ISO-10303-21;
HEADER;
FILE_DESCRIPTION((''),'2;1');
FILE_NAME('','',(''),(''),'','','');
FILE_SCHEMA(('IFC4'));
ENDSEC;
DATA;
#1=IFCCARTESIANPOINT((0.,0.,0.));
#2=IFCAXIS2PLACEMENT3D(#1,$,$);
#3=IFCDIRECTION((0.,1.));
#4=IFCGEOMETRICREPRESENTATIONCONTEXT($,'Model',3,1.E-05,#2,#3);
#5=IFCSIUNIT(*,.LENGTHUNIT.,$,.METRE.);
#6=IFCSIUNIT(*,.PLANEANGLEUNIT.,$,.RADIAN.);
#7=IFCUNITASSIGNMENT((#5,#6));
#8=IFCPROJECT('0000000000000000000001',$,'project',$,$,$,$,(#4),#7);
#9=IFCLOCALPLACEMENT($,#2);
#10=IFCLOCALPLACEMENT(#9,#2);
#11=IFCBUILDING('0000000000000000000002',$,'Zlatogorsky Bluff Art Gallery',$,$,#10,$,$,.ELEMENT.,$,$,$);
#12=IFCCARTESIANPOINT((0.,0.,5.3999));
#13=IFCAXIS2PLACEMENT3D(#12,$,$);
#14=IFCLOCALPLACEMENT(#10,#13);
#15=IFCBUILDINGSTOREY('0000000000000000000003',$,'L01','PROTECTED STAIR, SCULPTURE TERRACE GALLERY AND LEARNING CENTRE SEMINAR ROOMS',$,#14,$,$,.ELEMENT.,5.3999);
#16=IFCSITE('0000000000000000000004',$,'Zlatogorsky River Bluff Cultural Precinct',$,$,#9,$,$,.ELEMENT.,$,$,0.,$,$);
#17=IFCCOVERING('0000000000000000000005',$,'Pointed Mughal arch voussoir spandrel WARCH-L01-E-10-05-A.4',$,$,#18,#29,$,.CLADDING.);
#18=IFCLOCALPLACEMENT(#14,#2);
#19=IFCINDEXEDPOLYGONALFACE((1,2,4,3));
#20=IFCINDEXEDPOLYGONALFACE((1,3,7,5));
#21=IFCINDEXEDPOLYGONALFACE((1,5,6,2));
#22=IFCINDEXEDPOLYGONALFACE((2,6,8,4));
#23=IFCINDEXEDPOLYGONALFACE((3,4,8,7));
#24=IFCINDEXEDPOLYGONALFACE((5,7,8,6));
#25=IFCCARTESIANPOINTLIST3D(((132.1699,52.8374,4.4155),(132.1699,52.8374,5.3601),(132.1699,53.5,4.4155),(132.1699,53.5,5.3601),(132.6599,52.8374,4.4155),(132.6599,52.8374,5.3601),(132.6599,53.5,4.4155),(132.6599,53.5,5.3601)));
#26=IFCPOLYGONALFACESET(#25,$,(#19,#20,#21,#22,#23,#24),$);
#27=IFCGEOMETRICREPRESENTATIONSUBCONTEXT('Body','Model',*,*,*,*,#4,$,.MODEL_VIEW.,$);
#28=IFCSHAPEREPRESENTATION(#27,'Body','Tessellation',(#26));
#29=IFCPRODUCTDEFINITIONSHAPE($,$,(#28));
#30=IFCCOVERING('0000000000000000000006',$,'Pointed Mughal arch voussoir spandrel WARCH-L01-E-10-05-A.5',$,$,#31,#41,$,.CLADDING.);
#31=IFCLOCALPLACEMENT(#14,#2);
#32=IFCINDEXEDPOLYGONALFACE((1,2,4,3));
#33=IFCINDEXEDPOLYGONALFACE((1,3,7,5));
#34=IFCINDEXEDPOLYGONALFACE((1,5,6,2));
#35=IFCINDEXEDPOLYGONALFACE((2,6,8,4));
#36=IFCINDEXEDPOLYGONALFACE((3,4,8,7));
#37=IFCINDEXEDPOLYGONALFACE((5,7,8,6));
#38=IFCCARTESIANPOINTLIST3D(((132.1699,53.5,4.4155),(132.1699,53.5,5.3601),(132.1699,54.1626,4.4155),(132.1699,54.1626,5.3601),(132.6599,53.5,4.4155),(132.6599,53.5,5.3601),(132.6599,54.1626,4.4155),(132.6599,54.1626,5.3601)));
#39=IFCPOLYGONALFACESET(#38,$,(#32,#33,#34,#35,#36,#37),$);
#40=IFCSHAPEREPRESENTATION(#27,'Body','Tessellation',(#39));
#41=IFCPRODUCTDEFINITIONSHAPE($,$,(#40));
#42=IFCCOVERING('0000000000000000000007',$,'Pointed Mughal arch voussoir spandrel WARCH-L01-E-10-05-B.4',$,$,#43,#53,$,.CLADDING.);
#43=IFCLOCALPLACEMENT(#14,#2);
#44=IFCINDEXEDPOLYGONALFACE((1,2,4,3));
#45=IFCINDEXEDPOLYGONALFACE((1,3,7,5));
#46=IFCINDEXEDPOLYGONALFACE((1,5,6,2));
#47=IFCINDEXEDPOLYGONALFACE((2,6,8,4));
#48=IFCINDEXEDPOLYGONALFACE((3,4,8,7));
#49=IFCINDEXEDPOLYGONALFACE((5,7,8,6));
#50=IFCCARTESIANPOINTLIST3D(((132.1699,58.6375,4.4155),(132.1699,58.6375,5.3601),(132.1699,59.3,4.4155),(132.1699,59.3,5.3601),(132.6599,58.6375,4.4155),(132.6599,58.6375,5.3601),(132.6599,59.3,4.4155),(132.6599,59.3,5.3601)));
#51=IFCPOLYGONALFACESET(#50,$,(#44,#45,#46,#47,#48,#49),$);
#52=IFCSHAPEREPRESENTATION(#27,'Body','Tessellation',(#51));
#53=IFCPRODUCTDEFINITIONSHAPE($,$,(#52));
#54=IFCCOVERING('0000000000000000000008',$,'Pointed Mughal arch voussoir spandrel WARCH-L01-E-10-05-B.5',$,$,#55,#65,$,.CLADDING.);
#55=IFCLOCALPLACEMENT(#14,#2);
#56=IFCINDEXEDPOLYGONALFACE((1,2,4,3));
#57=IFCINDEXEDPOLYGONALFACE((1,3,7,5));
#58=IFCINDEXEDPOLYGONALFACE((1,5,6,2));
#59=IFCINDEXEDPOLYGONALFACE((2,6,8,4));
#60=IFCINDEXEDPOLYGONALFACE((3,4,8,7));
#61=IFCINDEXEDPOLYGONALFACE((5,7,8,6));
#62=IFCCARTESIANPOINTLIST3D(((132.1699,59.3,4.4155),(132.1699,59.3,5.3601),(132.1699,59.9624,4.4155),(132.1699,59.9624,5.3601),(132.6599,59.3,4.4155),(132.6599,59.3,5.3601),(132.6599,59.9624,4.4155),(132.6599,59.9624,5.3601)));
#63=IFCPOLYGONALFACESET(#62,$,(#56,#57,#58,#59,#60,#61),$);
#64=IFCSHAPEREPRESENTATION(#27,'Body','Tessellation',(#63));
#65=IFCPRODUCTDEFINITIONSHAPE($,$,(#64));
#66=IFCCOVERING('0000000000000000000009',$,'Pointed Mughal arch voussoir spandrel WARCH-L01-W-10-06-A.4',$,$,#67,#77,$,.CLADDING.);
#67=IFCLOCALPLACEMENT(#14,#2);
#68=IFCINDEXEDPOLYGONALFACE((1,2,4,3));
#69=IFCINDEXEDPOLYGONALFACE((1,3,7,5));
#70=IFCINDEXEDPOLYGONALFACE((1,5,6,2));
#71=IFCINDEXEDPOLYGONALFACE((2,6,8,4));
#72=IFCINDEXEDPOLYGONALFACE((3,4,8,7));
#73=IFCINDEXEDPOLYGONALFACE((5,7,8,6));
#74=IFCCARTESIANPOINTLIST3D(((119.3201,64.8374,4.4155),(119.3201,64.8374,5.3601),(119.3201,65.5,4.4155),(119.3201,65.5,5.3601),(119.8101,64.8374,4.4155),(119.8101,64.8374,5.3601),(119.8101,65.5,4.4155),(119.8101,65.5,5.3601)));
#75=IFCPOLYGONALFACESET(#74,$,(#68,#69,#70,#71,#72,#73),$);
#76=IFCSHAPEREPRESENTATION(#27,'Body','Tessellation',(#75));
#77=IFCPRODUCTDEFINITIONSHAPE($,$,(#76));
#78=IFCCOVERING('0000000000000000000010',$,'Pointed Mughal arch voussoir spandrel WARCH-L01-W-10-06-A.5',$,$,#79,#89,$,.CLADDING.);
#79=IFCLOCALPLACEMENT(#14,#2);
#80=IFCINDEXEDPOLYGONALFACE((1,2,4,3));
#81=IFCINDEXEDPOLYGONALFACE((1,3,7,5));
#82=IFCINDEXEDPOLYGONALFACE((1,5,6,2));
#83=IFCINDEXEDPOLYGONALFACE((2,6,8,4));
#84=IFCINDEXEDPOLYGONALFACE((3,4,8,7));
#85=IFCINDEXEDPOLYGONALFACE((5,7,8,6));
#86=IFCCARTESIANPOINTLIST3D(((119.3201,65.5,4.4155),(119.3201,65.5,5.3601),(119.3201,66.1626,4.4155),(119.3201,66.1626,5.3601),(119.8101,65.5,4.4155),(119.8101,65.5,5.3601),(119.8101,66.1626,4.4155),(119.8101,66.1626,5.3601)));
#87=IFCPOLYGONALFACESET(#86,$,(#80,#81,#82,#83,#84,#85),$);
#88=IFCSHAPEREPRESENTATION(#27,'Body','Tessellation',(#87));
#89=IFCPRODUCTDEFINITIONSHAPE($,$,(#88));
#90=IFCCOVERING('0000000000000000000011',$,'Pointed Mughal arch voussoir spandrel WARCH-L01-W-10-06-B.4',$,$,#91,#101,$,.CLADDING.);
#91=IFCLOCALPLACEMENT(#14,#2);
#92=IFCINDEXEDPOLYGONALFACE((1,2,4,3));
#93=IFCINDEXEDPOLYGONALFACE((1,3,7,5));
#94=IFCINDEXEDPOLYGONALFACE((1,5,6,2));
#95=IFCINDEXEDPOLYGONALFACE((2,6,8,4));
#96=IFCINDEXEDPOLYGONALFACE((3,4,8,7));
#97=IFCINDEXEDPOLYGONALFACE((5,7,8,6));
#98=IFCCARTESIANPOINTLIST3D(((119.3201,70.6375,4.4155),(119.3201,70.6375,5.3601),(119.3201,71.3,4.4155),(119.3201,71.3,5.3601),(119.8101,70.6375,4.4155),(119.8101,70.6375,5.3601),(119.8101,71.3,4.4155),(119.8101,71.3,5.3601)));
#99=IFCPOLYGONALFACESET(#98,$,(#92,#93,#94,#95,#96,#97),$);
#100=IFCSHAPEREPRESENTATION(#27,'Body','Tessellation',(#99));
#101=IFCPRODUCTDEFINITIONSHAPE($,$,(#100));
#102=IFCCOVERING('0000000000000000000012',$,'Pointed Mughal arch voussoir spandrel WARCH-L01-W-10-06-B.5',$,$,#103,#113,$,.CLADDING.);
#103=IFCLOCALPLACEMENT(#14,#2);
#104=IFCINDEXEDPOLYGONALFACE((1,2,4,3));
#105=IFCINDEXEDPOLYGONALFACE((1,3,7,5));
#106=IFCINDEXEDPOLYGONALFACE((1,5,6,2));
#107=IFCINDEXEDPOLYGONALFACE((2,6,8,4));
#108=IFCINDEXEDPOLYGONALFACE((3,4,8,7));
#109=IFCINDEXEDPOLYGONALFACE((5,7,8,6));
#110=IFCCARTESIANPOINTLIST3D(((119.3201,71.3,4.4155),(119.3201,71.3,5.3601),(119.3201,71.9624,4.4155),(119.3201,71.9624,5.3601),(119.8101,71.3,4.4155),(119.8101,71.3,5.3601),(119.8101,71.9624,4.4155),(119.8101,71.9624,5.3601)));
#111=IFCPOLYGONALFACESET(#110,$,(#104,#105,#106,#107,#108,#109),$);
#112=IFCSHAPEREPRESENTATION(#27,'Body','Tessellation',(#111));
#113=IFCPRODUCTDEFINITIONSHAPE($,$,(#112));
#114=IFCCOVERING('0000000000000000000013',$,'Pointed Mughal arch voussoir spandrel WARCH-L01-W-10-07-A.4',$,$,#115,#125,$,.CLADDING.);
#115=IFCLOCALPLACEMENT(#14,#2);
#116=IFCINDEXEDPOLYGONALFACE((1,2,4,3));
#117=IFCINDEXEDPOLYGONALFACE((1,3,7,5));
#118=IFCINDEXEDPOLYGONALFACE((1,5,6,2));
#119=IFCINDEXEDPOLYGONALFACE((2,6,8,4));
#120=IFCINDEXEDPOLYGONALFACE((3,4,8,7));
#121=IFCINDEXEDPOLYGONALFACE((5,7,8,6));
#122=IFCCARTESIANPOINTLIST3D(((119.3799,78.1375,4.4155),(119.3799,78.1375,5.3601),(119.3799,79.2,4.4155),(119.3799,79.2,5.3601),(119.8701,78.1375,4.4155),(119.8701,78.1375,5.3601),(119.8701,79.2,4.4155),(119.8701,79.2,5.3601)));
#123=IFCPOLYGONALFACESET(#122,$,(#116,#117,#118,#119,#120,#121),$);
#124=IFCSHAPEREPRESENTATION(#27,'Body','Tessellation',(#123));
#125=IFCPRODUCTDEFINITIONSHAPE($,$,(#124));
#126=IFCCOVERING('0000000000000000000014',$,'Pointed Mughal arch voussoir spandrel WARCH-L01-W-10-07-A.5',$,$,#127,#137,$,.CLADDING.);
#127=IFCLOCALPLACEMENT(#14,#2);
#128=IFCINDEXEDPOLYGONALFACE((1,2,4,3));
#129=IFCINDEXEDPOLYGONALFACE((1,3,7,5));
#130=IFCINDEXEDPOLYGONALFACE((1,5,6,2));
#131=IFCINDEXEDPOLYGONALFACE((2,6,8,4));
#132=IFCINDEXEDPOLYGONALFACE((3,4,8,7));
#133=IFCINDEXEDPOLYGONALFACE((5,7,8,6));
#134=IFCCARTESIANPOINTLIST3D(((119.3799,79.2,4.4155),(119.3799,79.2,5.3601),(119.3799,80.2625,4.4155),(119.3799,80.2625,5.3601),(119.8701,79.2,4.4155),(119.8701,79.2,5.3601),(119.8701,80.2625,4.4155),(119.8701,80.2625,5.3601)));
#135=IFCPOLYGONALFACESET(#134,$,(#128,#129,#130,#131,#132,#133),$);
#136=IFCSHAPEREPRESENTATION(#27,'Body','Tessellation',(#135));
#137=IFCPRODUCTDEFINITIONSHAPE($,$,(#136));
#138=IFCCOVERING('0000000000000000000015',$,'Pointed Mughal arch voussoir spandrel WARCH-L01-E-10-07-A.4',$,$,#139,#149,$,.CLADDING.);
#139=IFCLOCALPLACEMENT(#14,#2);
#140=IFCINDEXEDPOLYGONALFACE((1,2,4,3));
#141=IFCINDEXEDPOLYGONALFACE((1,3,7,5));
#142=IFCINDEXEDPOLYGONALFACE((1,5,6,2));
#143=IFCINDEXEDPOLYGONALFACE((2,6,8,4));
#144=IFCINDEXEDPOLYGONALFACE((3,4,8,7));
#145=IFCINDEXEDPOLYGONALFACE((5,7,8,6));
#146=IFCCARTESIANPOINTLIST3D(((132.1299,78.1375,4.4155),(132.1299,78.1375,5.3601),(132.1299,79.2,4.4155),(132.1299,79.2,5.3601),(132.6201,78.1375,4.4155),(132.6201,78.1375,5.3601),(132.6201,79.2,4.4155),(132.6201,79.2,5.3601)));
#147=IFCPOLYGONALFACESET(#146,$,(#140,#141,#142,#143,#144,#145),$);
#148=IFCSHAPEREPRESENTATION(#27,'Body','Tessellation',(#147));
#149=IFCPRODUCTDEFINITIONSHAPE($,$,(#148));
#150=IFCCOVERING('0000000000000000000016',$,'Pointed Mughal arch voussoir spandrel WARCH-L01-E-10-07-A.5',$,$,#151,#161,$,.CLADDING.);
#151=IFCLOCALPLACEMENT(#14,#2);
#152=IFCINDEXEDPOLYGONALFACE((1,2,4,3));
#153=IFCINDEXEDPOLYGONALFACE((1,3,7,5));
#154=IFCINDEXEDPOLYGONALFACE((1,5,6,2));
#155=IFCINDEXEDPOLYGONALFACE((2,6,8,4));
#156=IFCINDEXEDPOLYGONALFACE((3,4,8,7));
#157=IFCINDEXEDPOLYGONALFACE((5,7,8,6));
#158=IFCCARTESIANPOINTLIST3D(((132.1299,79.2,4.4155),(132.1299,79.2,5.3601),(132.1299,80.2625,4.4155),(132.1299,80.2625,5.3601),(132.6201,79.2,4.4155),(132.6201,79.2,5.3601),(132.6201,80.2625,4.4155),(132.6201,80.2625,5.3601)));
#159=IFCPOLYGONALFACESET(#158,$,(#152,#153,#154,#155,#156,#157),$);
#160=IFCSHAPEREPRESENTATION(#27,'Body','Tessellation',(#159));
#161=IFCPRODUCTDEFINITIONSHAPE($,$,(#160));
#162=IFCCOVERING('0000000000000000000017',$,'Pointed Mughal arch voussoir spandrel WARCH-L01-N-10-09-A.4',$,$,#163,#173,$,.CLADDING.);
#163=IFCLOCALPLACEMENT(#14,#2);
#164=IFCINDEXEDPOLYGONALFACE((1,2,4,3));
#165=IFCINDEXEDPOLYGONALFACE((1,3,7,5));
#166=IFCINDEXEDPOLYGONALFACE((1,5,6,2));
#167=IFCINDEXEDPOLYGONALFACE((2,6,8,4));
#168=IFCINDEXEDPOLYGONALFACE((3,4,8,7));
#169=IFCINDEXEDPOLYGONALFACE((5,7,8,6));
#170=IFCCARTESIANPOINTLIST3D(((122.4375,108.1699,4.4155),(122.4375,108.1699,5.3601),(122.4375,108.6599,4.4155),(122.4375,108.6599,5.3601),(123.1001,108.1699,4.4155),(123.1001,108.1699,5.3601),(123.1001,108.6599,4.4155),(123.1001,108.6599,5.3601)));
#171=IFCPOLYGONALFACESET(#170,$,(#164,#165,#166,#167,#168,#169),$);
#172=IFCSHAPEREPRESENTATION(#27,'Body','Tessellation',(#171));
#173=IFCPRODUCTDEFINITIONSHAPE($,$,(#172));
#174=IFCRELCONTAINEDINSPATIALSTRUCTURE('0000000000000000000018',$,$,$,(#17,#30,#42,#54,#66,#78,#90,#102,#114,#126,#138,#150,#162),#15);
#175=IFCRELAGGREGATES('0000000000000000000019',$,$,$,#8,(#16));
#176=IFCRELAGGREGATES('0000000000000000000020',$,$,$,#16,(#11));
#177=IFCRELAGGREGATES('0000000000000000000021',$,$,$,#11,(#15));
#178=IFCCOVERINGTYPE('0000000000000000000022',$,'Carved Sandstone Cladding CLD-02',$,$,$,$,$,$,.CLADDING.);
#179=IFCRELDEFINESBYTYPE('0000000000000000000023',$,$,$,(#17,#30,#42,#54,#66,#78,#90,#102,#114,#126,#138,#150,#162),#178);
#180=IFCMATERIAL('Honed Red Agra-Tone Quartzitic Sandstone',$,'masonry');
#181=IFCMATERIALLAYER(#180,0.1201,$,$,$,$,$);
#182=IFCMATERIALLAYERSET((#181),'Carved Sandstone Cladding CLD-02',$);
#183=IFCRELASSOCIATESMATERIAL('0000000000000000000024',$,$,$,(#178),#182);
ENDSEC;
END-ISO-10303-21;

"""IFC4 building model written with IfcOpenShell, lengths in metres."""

from ifc_helpers import new_model, si_unit, direction, frame, origin, place, context, subcontext, project, spatial, polyline, outline, extrude, material, layer, layer_set, type_object, element, save


model = new_model("IFC4")

# Units and contexts
model_context = context("Model", 3, precision=1e-05, world=origin(), true_north=direction((0.0, 1.0)))
body_context = subcontext(model_context, "Body", "Model", "MODEL_VIEW")
ifc_project = project(units=[si_unit("LENGTHUNIT", "METRE"), si_unit("PLANEANGLEUNIT", "RADIAN")], contexts=[model_context])

# Site, building, storey
site_placement = place(None, origin())
site = spatial("IfcSite", under=ifc_project, at=site_placement, Name="Zlatogorsky River Bluff Cultural Precinct", CompositionType="ELEMENT", RefElevation=0.0)
building_placement = place(site_placement, origin())
building = spatial("IfcBuilding", under=site, at=building_placement, Name="Zlatogorsky Bluff Art Gallery", CompositionType="ELEMENT")
storey_placement = place(building_placement, frame((0.0, 0.0, 5.3999)))
storey = spatial("IfcBuildingStorey", under=building, at=storey_placement, Name="L01", Description="PROTECTED STAIR, SCULPTURE TERRACE GALLERY AND LEARNING CENTRE SEMINAR ROOMS", CompositionType="ELEMENT", Elevation=5.3999)

# Coverings
ifc_material = material(Name="Honed Red Agra-Tone Quartzitic Sandstone", Category="masonry")
ifc_layer = layer(ifc_material, 0.1201)
ifc_layer_set = layer_set([ifc_layer], Name="Carved Sandstone Cladding CLD-02")
covering_type = type_object("IfcCoveringType", Name="Carved Sandstone Cladding CLD-02", PredefinedType="CLADDING", material=ifc_layer_set)
covering_1_placement = place(storey_placement, frame((0.0, 0.0, 4.4155)))
element("IfcCovering", 1, at=covering_1_placement, inside=storey, type_object=covering_type, Name="Pointed Mughal arch voussoir spandrel WARCH-L01-E-10-05-A.4", PredefinedType="CLADDING", context=body_context, shape_type="SweptSolid", body=[
    extrude(outline(polyline([(132.1699, 52.8374), (132.1699, 53.5), (132.6599, 53.5), (132.6599, 52.8374), (132.1699, 52.8374)])), origin(), (0.0, 0.0, 1.0), 0.9446),
])
covering_2_placement = place(storey_placement, frame((0.0, 0.0, 4.4155)))
element("IfcCovering", 2, at=covering_2_placement, inside=storey, type_object=covering_type, Name="Pointed Mughal arch voussoir spandrel WARCH-L01-E-10-05-A.5", PredefinedType="CLADDING", context=body_context, shape_type="SweptSolid", body=[
    extrude(outline(polyline([(132.1699, 53.5), (132.1699, 54.1626), (132.6599, 54.1626), (132.6599, 53.5), (132.1699, 53.5)])), origin(), (0.0, 0.0, 1.0), 0.9446),
])
covering_3_placement = place(storey_placement, frame((0.0, 0.0, 4.4155)))
element("IfcCovering", 3, at=covering_3_placement, inside=storey, type_object=covering_type, Name="Pointed Mughal arch voussoir spandrel WARCH-L01-E-10-05-B.4", PredefinedType="CLADDING", context=body_context, shape_type="SweptSolid", body=[
    extrude(outline(polyline([(132.1699, 58.6375), (132.1699, 59.3), (132.6599, 59.3), (132.6599, 58.6375), (132.1699, 58.6375)])), origin(), (0.0, 0.0, 1.0), 0.9446),
])
covering_4_placement = place(storey_placement, frame((0.0, 0.0, 4.4155)))
element("IfcCovering", 4, at=covering_4_placement, inside=storey, type_object=covering_type, Name="Pointed Mughal arch voussoir spandrel WARCH-L01-E-10-05-B.5", PredefinedType="CLADDING", context=body_context, shape_type="SweptSolid", body=[
    extrude(outline(polyline([(132.1699, 59.3), (132.1699, 59.9624), (132.6599, 59.9624), (132.6599, 59.3), (132.1699, 59.3)])), origin(), (0.0, 0.0, 1.0), 0.9446),
])
covering_5_placement = place(storey_placement, frame((0.0, 0.0, 4.4155)))
element("IfcCovering", 5, at=covering_5_placement, inside=storey, type_object=covering_type, Name="Pointed Mughal arch voussoir spandrel WARCH-L01-W-10-06-A.4", PredefinedType="CLADDING", context=body_context, shape_type="SweptSolid", body=[
    extrude(outline(polyline([(119.3201, 64.8374), (119.3201, 65.5), (119.8101, 65.5), (119.8101, 64.8374), (119.3201, 64.8374)])), origin(), (0.0, 0.0, 1.0), 0.9446),
])
covering_6_placement = place(storey_placement, frame((0.0, 0.0, 4.4155)))
element("IfcCovering", 6, at=covering_6_placement, inside=storey, type_object=covering_type, Name="Pointed Mughal arch voussoir spandrel WARCH-L01-W-10-06-A.5", PredefinedType="CLADDING", context=body_context, shape_type="SweptSolid", body=[
    extrude(outline(polyline([(119.3201, 65.5), (119.3201, 66.1626), (119.8101, 66.1626), (119.8101, 65.5), (119.3201, 65.5)])), origin(), (0.0, 0.0, 1.0), 0.9446),
])
covering_7_placement = place(storey_placement, frame((0.0, 0.0, 4.4155)))
element("IfcCovering", 7, at=covering_7_placement, inside=storey, type_object=covering_type, Name="Pointed Mughal arch voussoir spandrel WARCH-L01-W-10-06-B.4", PredefinedType="CLADDING", context=body_context, shape_type="SweptSolid", body=[
    extrude(outline(polyline([(119.3201, 70.6375), (119.3201, 71.3), (119.8101, 71.3), (119.8101, 70.6375), (119.3201, 70.6375)])), origin(), (0.0, 0.0, 1.0), 0.9446),
])
covering_8_placement = place(storey_placement, frame((0.0, 0.0, 4.4155)))
element("IfcCovering", 8, at=covering_8_placement, inside=storey, type_object=covering_type, Name="Pointed Mughal arch voussoir spandrel WARCH-L01-W-10-06-B.5", PredefinedType="CLADDING", context=body_context, shape_type="SweptSolid", body=[
    extrude(outline(polyline([(119.3201, 71.3), (119.3201, 71.9624), (119.8101, 71.9624), (119.8101, 71.3), (119.3201, 71.3)])), origin(), (0.0, 0.0, 1.0), 0.9446),
])
covering_9_placement = place(storey_placement, frame((0.0, 0.0, 4.4155)))
element("IfcCovering", 9, at=covering_9_placement, inside=storey, type_object=covering_type, Name="Pointed Mughal arch voussoir spandrel WARCH-L01-W-10-07-A.4", PredefinedType="CLADDING", context=body_context, shape_type="SweptSolid", body=[
    extrude(outline(polyline([(119.3799, 78.1375), (119.3799, 79.2), (119.8701, 79.2), (119.8701, 78.1375), (119.3799, 78.1375)])), origin(), (0.0, 0.0, 1.0), 0.9446),
])
covering_10_placement = place(storey_placement, frame((0.0, 0.0, 4.4155)))
element("IfcCovering", 10, at=covering_10_placement, inside=storey, type_object=covering_type, Name="Pointed Mughal arch voussoir spandrel WARCH-L01-W-10-07-A.5", PredefinedType="CLADDING", context=body_context, shape_type="SweptSolid", body=[
    extrude(outline(polyline([(119.3799, 79.2), (119.3799, 80.2625), (119.8701, 80.2625), (119.8701, 79.2), (119.3799, 79.2)])), origin(), (0.0, 0.0, 1.0), 0.9446),
])
covering_11_placement = place(storey_placement, frame((0.0, 0.0, 4.4155)))
element("IfcCovering", 11, at=covering_11_placement, inside=storey, type_object=covering_type, Name="Pointed Mughal arch voussoir spandrel WARCH-L01-E-10-07-A.4", PredefinedType="CLADDING", context=body_context, shape_type="SweptSolid", body=[
    extrude(outline(polyline([(132.1299, 78.1375), (132.1299, 79.2), (132.6201, 79.2), (132.6201, 78.1375), (132.1299, 78.1375)])), origin(), (0.0, 0.0, 1.0), 0.9446),
])
covering_12_placement = place(storey_placement, frame((0.0, 0.0, 4.4155)))
element("IfcCovering", 12, at=covering_12_placement, inside=storey, type_object=covering_type, Name="Pointed Mughal arch voussoir spandrel WARCH-L01-E-10-07-A.5", PredefinedType="CLADDING", context=body_context, shape_type="SweptSolid", body=[
    extrude(outline(polyline([(132.1299, 79.2), (132.1299, 80.2625), (132.6201, 80.2625), (132.6201, 79.2), (132.1299, 79.2)])), origin(), (0.0, 0.0, 1.0), 0.9446),
])
covering_13_placement = place(storey_placement, frame((0.0, 0.0, 4.4155)))
element("IfcCovering", 13, at=covering_13_placement, inside=storey, type_object=covering_type, Name="Pointed Mughal arch voussoir spandrel WARCH-L01-N-10-09-A.4", PredefinedType="CLADDING", context=body_context, shape_type="SweptSolid", body=[
    extrude(outline(polyline([(122.4375, 108.1699), (123.1001, 108.1699), (123.1001, 108.6599), (122.4375, 108.6599), (122.4375, 108.1699)])), origin(), (0.0, 0.0, 1.0), 0.9446),
])

save(model, "model.ifc")
